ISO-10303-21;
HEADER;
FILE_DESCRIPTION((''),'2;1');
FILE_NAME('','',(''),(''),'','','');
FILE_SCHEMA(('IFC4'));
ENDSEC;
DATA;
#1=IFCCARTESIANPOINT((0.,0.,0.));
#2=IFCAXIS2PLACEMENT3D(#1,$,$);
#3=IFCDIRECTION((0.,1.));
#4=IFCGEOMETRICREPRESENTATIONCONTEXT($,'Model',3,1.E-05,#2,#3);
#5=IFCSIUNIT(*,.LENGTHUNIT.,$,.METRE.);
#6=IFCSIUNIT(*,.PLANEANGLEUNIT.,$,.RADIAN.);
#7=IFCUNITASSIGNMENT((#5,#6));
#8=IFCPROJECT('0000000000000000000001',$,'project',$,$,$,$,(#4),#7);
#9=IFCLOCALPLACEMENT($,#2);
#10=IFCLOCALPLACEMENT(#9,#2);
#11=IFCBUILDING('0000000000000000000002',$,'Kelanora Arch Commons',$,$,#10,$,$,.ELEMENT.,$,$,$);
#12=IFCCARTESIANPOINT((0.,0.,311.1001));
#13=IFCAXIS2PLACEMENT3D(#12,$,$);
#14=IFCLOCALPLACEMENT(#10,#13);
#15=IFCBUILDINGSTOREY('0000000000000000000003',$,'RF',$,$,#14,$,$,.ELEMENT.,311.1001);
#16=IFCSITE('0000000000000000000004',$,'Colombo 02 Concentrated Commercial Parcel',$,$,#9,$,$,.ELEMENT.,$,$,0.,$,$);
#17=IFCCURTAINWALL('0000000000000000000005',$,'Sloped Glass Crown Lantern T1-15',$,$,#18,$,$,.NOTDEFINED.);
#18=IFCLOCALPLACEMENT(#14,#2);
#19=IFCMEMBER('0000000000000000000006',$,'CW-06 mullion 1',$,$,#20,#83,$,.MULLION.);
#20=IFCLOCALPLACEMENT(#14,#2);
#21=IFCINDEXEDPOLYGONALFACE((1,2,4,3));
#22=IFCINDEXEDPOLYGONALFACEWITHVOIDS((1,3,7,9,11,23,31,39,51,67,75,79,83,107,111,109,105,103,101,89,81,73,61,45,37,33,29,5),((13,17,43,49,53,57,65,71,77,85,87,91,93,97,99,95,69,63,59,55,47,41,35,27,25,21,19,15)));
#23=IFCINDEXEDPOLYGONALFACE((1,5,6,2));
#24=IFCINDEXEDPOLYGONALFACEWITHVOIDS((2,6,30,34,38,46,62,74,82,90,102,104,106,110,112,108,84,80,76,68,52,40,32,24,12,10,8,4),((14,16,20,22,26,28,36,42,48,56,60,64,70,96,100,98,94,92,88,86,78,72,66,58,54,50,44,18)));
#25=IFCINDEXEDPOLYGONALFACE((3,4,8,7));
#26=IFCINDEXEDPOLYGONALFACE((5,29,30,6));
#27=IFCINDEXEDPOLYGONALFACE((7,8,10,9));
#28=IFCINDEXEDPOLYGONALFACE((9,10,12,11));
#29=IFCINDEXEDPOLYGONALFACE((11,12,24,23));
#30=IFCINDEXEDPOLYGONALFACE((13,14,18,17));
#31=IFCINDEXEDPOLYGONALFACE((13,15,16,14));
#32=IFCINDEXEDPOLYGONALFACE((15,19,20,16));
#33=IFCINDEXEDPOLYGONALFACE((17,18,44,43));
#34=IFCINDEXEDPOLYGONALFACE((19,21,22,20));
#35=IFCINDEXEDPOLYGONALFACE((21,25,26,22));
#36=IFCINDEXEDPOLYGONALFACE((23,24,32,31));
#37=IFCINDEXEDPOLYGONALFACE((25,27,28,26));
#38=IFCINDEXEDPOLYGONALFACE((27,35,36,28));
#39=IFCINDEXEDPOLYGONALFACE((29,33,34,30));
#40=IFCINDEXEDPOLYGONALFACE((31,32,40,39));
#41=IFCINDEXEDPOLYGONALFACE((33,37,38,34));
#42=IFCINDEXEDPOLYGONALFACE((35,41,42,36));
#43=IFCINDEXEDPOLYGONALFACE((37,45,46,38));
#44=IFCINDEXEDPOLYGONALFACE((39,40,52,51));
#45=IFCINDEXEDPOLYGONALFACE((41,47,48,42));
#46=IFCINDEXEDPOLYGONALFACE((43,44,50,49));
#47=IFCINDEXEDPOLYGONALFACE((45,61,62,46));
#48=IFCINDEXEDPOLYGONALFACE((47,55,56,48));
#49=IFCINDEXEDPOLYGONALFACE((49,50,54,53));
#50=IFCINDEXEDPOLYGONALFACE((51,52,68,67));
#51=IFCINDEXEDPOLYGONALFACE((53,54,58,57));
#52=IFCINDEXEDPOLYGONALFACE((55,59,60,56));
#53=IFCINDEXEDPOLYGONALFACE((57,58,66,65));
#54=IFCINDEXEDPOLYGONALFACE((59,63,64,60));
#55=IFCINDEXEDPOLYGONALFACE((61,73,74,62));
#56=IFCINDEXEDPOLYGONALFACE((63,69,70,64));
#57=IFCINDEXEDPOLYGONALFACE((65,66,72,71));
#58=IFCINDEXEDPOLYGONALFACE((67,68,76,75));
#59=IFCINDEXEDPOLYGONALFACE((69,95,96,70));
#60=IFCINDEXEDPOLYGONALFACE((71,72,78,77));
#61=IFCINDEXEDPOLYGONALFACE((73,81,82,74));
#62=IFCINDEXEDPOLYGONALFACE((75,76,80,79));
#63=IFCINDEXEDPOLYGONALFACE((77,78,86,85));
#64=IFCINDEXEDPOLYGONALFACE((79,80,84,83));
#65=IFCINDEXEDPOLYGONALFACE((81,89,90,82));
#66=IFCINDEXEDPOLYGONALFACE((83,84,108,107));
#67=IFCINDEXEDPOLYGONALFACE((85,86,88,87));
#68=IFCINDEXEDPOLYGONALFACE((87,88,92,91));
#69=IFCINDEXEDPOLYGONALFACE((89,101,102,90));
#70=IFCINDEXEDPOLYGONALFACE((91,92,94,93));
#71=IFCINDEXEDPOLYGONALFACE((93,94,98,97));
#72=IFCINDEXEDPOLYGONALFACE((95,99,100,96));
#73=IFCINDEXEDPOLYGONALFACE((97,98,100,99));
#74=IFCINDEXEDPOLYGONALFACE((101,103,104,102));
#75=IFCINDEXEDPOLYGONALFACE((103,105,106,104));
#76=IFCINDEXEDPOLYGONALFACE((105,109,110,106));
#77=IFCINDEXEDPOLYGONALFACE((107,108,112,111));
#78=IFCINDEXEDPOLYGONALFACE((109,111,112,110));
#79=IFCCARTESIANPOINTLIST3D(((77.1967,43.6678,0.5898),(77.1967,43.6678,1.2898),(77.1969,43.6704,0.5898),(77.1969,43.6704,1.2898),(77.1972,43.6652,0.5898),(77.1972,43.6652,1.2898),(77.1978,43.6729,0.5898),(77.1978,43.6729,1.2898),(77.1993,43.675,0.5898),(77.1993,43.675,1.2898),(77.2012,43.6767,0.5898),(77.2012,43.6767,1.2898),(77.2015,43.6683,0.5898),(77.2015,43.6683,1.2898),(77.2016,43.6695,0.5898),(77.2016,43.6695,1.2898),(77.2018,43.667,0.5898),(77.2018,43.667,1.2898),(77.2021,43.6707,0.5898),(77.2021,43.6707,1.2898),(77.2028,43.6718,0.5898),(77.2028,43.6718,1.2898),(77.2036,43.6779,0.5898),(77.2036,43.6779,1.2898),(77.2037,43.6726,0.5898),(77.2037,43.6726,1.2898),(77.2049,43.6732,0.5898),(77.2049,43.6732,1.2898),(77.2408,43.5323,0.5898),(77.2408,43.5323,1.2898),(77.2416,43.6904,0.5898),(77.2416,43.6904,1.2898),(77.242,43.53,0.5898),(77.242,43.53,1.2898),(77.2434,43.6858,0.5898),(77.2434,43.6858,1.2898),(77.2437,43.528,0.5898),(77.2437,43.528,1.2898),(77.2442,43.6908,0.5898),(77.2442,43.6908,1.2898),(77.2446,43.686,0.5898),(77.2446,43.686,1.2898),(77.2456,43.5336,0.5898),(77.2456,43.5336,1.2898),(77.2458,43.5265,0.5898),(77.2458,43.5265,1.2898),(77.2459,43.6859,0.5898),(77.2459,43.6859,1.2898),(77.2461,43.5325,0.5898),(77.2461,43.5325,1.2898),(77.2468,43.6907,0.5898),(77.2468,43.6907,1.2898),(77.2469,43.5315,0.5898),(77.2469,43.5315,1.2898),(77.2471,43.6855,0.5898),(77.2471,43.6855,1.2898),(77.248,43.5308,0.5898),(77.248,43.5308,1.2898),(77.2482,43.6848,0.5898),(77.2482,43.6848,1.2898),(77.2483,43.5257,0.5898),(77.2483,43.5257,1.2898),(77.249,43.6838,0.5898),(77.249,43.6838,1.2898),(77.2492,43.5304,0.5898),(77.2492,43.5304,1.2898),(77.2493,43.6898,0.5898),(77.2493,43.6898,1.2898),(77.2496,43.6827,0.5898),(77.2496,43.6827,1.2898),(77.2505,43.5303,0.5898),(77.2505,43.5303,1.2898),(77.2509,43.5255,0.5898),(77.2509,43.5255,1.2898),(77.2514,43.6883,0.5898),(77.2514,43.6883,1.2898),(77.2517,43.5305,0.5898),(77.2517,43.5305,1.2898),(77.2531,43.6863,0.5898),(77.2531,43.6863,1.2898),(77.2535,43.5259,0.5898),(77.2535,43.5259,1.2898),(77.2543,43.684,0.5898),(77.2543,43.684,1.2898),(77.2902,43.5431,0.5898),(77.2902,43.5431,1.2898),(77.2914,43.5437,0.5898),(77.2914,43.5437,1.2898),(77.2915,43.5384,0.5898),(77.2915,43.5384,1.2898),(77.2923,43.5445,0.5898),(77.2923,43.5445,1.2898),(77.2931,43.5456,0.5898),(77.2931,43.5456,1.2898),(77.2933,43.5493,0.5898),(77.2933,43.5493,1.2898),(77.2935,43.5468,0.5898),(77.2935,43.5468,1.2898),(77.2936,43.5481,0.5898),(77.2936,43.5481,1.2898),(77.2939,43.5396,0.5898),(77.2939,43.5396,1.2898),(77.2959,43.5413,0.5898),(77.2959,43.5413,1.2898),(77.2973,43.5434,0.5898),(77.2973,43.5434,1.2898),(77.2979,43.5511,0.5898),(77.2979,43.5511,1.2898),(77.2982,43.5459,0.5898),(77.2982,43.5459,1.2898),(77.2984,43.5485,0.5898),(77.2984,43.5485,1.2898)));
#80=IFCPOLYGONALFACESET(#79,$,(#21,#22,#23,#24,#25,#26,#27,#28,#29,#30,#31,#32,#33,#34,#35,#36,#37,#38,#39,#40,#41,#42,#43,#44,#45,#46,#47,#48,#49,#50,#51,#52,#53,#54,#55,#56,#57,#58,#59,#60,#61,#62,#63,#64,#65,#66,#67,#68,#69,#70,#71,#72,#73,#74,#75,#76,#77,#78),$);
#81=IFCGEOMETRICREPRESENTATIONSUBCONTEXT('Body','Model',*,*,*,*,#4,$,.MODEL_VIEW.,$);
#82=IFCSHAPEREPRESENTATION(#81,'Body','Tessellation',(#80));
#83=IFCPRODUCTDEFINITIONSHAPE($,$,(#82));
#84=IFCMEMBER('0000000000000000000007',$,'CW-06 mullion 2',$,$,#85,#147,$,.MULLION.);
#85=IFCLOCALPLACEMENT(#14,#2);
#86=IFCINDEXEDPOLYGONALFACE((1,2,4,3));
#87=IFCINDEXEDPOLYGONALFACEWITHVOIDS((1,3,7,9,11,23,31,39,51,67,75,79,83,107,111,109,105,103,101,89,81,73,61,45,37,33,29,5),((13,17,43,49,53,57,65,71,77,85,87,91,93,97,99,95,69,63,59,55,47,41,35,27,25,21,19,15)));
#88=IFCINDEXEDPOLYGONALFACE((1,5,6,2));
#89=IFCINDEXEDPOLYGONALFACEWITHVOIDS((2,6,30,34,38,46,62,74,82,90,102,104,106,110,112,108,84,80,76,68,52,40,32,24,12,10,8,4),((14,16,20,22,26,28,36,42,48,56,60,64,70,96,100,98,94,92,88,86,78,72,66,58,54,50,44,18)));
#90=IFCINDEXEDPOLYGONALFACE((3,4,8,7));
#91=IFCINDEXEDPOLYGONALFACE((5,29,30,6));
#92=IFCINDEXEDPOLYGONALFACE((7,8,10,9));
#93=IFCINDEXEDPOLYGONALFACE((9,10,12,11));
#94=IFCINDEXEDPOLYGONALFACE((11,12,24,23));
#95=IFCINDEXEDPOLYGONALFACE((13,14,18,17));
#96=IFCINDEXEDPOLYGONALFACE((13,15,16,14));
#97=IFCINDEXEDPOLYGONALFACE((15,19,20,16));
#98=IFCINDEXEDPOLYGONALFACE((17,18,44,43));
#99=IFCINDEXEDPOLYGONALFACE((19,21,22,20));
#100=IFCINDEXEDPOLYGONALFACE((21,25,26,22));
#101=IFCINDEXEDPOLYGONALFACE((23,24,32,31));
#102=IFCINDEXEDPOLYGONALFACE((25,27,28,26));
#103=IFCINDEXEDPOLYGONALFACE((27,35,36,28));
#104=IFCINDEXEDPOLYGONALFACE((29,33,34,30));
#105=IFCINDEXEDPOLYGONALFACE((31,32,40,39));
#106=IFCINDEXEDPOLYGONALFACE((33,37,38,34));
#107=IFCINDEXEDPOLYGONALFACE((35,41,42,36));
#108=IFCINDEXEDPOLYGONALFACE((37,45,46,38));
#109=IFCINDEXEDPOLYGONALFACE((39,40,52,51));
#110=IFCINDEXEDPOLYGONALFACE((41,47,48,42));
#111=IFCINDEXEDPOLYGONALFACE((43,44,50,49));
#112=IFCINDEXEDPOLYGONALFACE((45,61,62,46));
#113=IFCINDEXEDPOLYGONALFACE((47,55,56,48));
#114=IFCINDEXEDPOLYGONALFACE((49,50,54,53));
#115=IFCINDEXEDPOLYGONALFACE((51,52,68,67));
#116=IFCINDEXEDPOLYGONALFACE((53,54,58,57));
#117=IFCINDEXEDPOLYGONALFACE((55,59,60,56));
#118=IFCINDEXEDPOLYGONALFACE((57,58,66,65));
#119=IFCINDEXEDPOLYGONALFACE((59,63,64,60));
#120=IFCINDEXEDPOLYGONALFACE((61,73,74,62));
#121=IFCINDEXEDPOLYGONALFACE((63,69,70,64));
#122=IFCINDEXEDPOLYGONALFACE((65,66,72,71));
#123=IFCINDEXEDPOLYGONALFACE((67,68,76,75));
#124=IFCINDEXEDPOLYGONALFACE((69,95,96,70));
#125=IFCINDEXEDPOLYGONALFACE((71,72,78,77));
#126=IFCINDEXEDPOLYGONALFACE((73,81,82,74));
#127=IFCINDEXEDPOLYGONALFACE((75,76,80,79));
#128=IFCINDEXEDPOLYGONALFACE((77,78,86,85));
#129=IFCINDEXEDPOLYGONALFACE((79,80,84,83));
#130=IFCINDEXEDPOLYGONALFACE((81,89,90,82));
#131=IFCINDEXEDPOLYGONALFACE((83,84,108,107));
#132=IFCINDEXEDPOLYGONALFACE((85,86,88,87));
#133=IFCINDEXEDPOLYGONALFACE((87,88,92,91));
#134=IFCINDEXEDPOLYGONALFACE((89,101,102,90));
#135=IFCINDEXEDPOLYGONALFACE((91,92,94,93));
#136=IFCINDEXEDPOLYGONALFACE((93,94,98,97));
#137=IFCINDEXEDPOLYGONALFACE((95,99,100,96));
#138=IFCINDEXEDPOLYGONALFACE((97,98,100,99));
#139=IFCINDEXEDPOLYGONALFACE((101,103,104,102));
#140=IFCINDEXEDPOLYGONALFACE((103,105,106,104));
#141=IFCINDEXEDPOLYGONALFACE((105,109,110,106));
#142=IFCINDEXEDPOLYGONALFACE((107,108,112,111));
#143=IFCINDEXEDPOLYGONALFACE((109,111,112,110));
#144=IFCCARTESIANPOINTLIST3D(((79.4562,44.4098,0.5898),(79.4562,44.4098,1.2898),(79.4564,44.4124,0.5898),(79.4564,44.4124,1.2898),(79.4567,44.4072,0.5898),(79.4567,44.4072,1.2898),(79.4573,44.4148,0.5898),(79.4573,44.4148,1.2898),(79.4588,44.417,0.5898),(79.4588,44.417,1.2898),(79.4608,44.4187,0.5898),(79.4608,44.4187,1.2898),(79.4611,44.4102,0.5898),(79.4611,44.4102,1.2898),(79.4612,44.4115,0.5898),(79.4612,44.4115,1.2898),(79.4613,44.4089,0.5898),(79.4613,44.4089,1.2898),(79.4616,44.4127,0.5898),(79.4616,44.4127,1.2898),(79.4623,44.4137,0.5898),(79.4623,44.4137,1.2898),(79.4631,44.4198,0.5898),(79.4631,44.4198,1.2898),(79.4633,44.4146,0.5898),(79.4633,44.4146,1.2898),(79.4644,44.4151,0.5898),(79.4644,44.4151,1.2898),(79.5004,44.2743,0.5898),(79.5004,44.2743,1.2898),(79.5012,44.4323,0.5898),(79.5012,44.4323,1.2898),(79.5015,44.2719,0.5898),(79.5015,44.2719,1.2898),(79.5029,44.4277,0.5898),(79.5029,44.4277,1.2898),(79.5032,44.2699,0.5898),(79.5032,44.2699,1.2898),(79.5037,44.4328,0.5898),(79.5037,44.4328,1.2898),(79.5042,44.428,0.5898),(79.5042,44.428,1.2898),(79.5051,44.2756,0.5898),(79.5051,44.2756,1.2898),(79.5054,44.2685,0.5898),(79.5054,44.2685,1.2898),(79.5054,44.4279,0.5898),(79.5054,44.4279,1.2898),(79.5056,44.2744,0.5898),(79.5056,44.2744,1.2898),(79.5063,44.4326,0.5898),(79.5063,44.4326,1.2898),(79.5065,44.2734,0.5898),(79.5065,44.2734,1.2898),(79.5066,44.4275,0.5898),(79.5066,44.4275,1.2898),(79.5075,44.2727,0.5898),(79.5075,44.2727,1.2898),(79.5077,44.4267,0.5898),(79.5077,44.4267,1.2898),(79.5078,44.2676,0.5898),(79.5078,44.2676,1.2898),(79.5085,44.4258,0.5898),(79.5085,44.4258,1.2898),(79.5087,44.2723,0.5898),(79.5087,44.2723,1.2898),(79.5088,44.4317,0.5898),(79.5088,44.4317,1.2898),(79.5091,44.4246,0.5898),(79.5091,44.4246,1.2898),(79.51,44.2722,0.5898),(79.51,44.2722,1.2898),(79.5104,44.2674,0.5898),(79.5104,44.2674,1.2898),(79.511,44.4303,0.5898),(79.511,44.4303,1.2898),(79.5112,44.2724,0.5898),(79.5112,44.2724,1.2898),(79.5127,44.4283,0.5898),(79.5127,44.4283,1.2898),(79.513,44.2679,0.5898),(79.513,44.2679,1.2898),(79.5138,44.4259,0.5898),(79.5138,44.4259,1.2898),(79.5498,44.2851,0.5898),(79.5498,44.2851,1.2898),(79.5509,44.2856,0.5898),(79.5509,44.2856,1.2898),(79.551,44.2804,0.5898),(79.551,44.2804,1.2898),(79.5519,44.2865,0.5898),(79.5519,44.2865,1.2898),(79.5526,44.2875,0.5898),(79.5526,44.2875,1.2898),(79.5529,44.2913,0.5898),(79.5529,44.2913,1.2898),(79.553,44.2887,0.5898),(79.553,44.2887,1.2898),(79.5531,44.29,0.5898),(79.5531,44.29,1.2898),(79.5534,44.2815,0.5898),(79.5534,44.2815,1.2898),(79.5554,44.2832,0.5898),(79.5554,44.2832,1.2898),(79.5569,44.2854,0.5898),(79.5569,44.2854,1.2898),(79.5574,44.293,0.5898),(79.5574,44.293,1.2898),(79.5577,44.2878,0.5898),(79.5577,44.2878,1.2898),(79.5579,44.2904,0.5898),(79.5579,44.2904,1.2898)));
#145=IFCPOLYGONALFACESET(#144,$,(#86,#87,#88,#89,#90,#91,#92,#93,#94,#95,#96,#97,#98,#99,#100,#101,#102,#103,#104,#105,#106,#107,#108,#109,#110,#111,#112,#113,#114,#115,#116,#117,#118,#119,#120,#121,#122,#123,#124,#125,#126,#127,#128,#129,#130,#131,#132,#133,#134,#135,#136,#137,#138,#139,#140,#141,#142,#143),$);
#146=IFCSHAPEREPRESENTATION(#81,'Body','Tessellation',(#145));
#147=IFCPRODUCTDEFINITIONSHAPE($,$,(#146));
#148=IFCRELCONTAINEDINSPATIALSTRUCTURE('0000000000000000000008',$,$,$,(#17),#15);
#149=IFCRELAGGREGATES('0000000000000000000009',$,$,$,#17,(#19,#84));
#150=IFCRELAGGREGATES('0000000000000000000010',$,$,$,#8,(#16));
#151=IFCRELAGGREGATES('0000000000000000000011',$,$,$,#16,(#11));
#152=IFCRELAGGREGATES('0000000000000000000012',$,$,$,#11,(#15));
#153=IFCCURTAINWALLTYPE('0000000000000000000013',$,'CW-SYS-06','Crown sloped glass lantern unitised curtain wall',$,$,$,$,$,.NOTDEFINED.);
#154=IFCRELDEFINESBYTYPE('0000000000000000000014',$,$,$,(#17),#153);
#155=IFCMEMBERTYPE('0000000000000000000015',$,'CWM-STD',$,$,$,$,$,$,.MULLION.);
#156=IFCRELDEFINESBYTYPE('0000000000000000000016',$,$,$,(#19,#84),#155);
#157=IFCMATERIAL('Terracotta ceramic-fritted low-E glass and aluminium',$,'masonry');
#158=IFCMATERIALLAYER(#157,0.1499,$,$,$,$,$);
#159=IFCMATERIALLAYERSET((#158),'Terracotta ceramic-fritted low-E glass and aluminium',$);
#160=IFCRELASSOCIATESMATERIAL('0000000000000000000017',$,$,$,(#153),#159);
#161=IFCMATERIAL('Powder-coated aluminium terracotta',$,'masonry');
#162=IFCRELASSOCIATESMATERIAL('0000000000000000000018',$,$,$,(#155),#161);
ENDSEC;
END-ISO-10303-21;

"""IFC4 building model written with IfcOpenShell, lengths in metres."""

from ifc_helpers import new_model, si_unit, direction, frame, origin, origin_2d, place, context, subcontext, project, spatial, hollow_rectangle, extrude, material, layer, layer_set, material_profile, profile_set, type_object, element, aggregate, save


model = new_model("IFC4")

# Units and contexts
model_context = context("Model", 3, precision=1e-05, world=origin(), true_north=direction((0.0, 1.0)))
body_context = subcontext(model_context, "Body", "Model", "MODEL_VIEW")
ifc_project = project(units=[si_unit("LENGTHUNIT", "METRE"), si_unit("PLANEANGLEUNIT", "RADIAN")], contexts=[model_context])

# Site, building, storey
site_placement = place(None, origin())
site = spatial("IfcSite", under=ifc_project, at=site_placement, Name="Colombo 02 Concentrated Commercial Parcel", CompositionType="ELEMENT", RefElevation=0.0)
building_placement = place(site_placement, origin())
building = spatial("IfcBuilding", under=site, at=building_placement, Name="Kelanora Arch Commons", CompositionType="ELEMENT")
storey_placement = place(building_placement, frame((0.0, 0.0, 311.1001)))
storey = spatial("IfcBuildingStorey", under=building, at=storey_placement, Name="RF", CompositionType="ELEMENT", Elevation=311.1001)

# Curtain wall, members
ifc_material_1 = material(Name="Terracotta ceramic-fritted low-E glass and aluminium", Category="masonry")
ifc_layer_1 = layer(ifc_material_1, 0.1499)
ifc_layer_set_1 = layer_set([ifc_layer_1], Name="Terracotta ceramic-fritted low-E glass and aluminium")
curtain_wall_type = type_object("IfcCurtainWallType", Name="CW-SYS-06", Description="Crown sloped glass lantern unitised curtain wall", PredefinedType="NOTDEFINED", material=ifc_layer_set_1)
ifc_material_2 = material(Name="Powder-coated aluminium terracotta", Category="masonry")
ifc_material_profile_1 = material_profile(ifc_material_2, hollow_rectangle(XDim=0.1599, YDim=0.0601, WallThickness=0.0049, InnerFilletRadius=0.0049, OuterFilletRadius=0.01, at=origin_2d()), Name="CWM160x60")
ifc_profile_set_1 = profile_set([ifc_material_profile_1], Name="Powder-coated aluminium terracotta")
member_type_1 = type_object("IfcMemberType", Name="CWM-STD", PredefinedType="MULLION", material=ifc_profile_set_1)
curtain_wall_1_placement = place(storey_placement, origin())
curtain_wall_1 = element("IfcCurtainWall", 1, at=curtain_wall_1_placement, inside=storey, type_object=curtain_wall_type, Name="Sloped Glass Crown Lantern T1-15", PredefinedType="NOTDEFINED")
member_1_placement = place(storey_placement, frame((77.2476, 43.6082, 0.5898), z_axis=(0.0, 0.0, 1.0), x_axis=(-0.311945, 0.9501, 0.0)))
member_1 = element("IfcMember", 2, at=member_1_placement, type_object=member_type_1, Name="CW-06 mullion 1", PredefinedType="MULLION", context=body_context, shape_type="SweptSolid", body=[
    extrude(hollow_rectangle(XDim=0.1599, YDim=0.0601, WallThickness=0.0049, InnerFilletRadius=0.0049, OuterFilletRadius=0.01, at=origin_2d()), origin(), (0.0, 0.0, 1.0), 0.7),
])
member_2_placement = place(storey_placement, frame((79.5071, 44.3501, 0.5898), z_axis=(0.0, 0.0, 1.0), x_axis=(-0.311945, 0.9501, 0.0)))
member_2 = element("IfcMember", 3, at=member_2_placement, type_object=member_type_1, Name="CW-06 mullion 2", PredefinedType="MULLION", context=body_context, shape_type="SweptSolid", body=[
    extrude(hollow_rectangle(XDim=0.1599, YDim=0.0601, WallThickness=0.0049, InnerFilletRadius=0.0049, OuterFilletRadius=0.01, at=origin_2d()), origin(), (0.0, 0.0, 1.0), 0.7),
])

aggregate(curtain_wall_1, [member_1, member_2])

save(model, "model.ifc")
